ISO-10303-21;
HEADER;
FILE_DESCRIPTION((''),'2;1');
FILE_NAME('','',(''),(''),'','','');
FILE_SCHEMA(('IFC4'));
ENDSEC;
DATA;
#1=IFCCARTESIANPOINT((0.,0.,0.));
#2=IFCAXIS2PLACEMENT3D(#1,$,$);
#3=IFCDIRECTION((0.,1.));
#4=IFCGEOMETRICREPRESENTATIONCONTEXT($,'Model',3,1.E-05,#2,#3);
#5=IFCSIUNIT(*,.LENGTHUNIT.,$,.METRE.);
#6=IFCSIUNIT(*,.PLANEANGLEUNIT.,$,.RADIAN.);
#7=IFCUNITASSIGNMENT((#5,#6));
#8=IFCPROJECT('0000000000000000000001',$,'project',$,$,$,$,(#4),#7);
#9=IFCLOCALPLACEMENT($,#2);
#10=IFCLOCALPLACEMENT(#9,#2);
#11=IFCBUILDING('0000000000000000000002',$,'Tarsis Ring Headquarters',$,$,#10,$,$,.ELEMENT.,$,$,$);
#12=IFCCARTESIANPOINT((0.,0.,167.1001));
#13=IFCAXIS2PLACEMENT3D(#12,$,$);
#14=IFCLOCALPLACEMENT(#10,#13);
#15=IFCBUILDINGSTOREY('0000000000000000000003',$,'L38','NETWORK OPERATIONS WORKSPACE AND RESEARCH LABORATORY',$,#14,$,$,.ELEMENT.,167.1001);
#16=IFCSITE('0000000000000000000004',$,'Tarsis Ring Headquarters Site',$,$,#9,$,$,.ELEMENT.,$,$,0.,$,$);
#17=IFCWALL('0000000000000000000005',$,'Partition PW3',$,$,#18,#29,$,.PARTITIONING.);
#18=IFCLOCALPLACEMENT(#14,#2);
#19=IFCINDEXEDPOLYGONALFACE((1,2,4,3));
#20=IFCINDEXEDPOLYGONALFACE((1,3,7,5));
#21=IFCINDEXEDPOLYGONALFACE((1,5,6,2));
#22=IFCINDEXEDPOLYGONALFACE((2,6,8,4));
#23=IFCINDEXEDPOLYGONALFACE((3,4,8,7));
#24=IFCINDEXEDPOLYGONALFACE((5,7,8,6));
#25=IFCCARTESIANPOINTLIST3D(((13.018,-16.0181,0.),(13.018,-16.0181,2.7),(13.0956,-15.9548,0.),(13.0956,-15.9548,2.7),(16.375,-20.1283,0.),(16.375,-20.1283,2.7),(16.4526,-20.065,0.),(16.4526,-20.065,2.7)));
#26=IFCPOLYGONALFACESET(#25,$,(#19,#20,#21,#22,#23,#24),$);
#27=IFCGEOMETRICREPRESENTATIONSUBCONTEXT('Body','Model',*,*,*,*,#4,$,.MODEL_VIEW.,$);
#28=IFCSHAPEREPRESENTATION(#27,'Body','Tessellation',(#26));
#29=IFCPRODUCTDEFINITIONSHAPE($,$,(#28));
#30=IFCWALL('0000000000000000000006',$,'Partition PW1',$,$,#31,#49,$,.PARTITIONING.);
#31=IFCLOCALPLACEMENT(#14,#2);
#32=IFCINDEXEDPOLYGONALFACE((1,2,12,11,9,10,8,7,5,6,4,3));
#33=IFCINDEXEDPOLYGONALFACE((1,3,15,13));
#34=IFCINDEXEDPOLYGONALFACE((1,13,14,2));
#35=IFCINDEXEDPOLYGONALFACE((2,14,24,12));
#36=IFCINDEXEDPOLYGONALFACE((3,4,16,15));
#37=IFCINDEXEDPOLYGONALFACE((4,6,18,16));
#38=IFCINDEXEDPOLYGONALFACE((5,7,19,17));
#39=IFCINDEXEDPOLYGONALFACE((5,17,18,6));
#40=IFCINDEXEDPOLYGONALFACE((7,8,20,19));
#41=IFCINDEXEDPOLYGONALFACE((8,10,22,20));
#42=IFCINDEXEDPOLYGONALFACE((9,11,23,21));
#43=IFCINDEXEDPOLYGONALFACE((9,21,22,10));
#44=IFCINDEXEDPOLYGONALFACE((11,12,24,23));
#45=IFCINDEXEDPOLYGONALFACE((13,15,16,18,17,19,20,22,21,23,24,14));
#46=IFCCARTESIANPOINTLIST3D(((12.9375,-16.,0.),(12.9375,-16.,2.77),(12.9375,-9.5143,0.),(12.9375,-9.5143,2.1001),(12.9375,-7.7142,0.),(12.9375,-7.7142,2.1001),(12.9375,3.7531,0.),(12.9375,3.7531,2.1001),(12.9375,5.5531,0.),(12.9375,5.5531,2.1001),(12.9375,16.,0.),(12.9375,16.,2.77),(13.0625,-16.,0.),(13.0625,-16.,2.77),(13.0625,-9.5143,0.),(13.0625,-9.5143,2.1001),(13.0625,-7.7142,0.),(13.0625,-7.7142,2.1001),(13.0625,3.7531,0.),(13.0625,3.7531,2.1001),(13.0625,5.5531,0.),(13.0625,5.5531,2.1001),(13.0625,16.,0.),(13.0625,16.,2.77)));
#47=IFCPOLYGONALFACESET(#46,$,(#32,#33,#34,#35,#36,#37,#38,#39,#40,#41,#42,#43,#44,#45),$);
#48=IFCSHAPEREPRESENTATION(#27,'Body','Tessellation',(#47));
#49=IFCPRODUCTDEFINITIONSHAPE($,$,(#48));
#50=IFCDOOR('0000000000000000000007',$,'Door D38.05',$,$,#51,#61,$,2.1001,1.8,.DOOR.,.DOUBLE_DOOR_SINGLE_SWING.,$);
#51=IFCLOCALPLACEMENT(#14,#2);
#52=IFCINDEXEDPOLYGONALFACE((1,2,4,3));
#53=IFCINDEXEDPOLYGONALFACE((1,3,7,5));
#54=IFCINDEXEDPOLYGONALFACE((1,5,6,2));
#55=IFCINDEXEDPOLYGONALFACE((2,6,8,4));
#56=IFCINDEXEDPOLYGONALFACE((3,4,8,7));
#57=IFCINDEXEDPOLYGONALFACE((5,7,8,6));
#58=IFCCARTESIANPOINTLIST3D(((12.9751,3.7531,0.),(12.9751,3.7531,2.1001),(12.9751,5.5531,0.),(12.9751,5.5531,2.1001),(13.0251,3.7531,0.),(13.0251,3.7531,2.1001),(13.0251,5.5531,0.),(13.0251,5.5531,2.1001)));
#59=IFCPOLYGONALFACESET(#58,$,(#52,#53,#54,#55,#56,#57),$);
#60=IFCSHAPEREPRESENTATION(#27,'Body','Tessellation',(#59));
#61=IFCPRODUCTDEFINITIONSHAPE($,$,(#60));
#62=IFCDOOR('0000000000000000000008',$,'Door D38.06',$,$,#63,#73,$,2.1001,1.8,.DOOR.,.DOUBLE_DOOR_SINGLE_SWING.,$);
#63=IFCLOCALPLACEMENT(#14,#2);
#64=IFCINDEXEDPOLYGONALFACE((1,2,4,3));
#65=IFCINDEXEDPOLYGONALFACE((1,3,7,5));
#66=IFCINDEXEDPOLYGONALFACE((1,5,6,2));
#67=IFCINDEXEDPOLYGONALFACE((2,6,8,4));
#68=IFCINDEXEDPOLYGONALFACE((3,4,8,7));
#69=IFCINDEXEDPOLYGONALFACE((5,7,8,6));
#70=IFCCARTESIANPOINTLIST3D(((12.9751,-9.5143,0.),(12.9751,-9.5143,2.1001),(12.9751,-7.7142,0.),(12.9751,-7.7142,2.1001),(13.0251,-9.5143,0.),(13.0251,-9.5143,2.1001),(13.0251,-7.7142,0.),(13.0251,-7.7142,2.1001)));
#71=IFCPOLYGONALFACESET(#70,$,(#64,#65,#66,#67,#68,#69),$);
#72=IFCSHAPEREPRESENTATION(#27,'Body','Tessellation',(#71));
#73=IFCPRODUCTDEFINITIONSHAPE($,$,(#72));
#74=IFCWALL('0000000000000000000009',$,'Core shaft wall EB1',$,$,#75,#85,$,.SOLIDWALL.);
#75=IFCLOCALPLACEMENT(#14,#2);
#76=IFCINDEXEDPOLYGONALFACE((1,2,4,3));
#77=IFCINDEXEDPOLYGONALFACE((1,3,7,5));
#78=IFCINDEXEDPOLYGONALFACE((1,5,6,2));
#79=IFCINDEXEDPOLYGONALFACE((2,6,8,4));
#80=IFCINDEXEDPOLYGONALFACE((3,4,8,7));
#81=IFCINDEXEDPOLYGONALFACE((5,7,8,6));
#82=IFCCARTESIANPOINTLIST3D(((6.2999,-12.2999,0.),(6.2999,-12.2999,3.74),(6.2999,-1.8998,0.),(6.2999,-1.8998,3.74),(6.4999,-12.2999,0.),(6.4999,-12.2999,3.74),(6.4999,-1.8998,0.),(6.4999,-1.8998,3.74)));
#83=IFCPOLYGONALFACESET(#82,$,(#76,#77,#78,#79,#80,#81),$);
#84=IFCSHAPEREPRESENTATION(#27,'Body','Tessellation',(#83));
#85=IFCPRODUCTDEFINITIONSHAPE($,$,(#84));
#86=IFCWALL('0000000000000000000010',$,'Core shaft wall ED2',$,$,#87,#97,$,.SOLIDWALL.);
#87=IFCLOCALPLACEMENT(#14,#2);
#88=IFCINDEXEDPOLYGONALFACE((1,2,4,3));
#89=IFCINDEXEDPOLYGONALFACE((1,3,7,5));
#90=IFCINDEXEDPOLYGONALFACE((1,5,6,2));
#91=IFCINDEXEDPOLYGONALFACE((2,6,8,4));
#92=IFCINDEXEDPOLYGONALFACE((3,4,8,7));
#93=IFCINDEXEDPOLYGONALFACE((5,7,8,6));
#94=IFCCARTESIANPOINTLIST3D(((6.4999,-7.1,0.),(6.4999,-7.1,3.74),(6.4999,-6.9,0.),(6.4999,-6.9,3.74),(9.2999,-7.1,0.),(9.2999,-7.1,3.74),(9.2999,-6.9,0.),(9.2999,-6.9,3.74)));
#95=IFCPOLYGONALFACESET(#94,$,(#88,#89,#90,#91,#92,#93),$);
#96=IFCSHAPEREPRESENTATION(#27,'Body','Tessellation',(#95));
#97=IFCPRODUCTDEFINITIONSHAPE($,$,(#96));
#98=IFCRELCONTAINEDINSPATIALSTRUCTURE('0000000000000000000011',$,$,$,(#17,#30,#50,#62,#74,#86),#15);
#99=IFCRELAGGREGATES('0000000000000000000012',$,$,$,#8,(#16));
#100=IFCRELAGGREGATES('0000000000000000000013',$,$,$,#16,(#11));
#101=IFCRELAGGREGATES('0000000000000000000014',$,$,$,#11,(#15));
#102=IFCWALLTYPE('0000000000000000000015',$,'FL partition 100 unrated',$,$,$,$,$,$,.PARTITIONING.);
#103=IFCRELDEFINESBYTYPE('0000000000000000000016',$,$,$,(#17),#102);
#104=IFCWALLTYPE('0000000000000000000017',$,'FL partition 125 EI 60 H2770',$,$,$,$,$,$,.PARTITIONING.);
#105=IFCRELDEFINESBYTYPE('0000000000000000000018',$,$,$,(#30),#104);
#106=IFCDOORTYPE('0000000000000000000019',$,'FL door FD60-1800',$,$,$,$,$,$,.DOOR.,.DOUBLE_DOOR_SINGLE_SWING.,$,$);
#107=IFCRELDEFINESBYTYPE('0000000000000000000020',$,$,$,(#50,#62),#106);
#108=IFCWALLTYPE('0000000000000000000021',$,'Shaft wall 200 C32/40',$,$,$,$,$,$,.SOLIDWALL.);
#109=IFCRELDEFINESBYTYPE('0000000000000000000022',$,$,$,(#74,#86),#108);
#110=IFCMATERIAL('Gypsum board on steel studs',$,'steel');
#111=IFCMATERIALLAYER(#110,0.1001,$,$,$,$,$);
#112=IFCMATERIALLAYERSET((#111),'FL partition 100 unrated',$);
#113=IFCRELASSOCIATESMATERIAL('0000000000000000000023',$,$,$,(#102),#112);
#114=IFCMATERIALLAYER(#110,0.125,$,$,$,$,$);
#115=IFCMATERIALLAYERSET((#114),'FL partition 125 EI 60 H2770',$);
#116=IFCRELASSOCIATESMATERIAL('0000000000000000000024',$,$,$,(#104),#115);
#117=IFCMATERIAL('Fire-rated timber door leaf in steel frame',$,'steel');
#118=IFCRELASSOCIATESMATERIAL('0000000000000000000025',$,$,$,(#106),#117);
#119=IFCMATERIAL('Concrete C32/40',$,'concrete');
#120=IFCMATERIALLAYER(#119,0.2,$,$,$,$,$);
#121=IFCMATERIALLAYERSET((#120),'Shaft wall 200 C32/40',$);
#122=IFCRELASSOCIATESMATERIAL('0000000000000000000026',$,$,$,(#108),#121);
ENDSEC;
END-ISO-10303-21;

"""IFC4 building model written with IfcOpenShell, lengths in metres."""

from ifc_helpers import new_model, si_unit, direction, frame, frame_2d, origin, place, context, subcontext, project, spatial, rectangle, extrude, material, layer, layer_set, type_object, element, fill, save


model = new_model("IFC4")

# Units and contexts
model_context = context("Model", 3, precision=1e-05, world=origin(), true_north=direction((0.0, 1.0)))
body_context = subcontext(model_context, "Body", "Model", "MODEL_VIEW")
ifc_project = project(units=[si_unit("LENGTHUNIT", "METRE"), si_unit("PLANEANGLEUNIT", "RADIAN")], contexts=[model_context])

# Site, building, storey
site_placement = place(None, origin())
site = spatial("IfcSite", under=ifc_project, at=site_placement, Name="Tarsis Ring Headquarters Site", CompositionType="ELEMENT", RefElevation=0.0)
building_placement = place(site_placement, origin())
building = spatial("IfcBuilding", under=site, at=building_placement, Name="Tarsis Ring Headquarters", CompositionType="ELEMENT")
storey_placement = place(building_placement, frame((0.0, 0.0, 167.1001)))
storey = spatial("IfcBuildingStorey", under=building, at=storey_placement, Name="L38", Description="NETWORK OPERATIONS WORKSPACE AND RESEARCH LABORATORY", CompositionType="ELEMENT", Elevation=167.1001)

# Wall
ifc_material_1 = material(Name="Gypsum board on steel studs", Category="steel")
ifc_layer_1 = layer(ifc_material_1, 0.1001)
ifc_layer_set_1 = layer_set([ifc_layer_1], Name="FL partition 100 unrated")
wall_type_1 = type_object("IfcWallType", Name="FL partition 100 unrated", PredefinedType="PARTITIONING", material=ifc_layer_set_1)
wall_1_placement = place(storey_placement, frame((13.0569, -15.9866, 0.0), z_axis=(0.0, 0.0, 1.0), x_axis=(0.632574, -0.7745, 0.0)))
element("IfcWall", 1, at=wall_1_placement, inside=storey, type_object=wall_type_1, Name="Partition PW3", PredefinedType="PARTITIONING", context=body_context, shape_type="SweptSolid", body=[
    extrude(rectangle(XDim=5.3069, YDim=0.1001, at=frame_2d((2.6533, 0.0))), origin(), (0.0, 0.0, 1.0), 2.7),
])

# Wall, openings, doors
ifc_layer_2 = layer(ifc_material_1, 0.125)
ifc_layer_set_2 = layer_set([ifc_layer_2], Name="FL partition 125 EI 60 H2770")
wall_type_2 = type_object("IfcWallType", Name="FL partition 125 EI 60 H2770", PredefinedType="PARTITIONING", material=ifc_layer_set_2)
wall_2_placement = place(storey_placement, frame((13.0, -16.0, 0.0), z_axis=(0.0, 0.0, 1.0), x_axis=(0.0, 1.0, 0.0)))
wall_2 = element("IfcWall", 2, at=wall_2_placement, inside=storey, type_object=wall_type_2, Name="Partition PW1", PredefinedType="PARTITIONING", context=body_context, shape_type="SweptSolid", body=[
    extrude(rectangle(XDim=32.0, YDim=0.125, at=frame_2d((16.0, 0.0))), origin(), (0.0, 0.0, 1.0), 2.77),
])
opening_1_placement = place(wall_2_placement, frame((19.7532, 0.0, 0.0)))
opening_1 = element("IfcOpeningElement", 3, at=opening_1_placement, cuts=wall_2, PredefinedType="OPENING", context=body_context, shape_type="SweptSolid", body=[
    extrude(rectangle(XDim=1.8, YDim=2.1001, at=frame_2d((0.8999, 1.05))), frame((0.0, 0.0725, 0.0), z_axis=(0.0, -1.0, 0.0), x_axis=(1.0, 0.0, 0.0)), (0.0, 0.0, 1.0), 0.145),
])
opening_2_placement = place(wall_2_placement, frame((6.4858, 0.0, 0.0)))
opening_2 = element("IfcOpeningElement", 4, at=opening_2_placement, cuts=wall_2, PredefinedType="OPENING", context=body_context, shape_type="SweptSolid", body=[
    extrude(rectangle(XDim=1.8, YDim=2.1001, at=frame_2d((0.8999, 1.05))), frame((0.0, 0.0725, 0.0), z_axis=(0.0, -1.0, 0.0), x_axis=(1.0, 0.0, 0.0)), (0.0, 0.0, 1.0), 0.145),
])
ifc_material_2 = material(Name="Fire-rated timber door leaf in steel frame", Category="steel")
door_type_1 = type_object("IfcDoorType", Name="FL door FD60-1800", OperationType="DOUBLE_DOOR_SINGLE_SWING", PredefinedType="DOOR", material=ifc_material_2)
door_1_placement = place(opening_1_placement, origin())
door_1 = element("IfcDoor", 5, at=door_1_placement, inside=storey, type_object=door_type_1, Name="Door D38.05", OperationType="DOUBLE_DOOR_SINGLE_SWING", OverallHeight=2.1001, OverallWidth=1.8, PredefinedType="DOOR", context=body_context, shape_type="SweptSolid", body=[
    extrude(rectangle(XDim=1.8, YDim=2.1001, at=frame_2d((0.8999, 1.05))), frame((0.0, 0.0249, 0.0), z_axis=(0.0, -1.0, 0.0), x_axis=(1.0, 0.0, 0.0)), (0.0, 0.0, 1.0), 0.05),
])
fill(opening_1, door_1)
door_2_placement = place(opening_2_placement, origin())
door_2 = element("IfcDoor", 6, at=door_2_placement, inside=storey, type_object=door_type_1, Name="Door D38.06", OperationType="DOUBLE_DOOR_SINGLE_SWING", OverallHeight=2.1001, OverallWidth=1.8, PredefinedType="DOOR", context=body_context, shape_type="SweptSolid", body=[
    extrude(rectangle(XDim=1.8, YDim=2.1001, at=frame_2d((0.8999, 1.05))), frame((0.0, 0.0249, 0.0), z_axis=(0.0, -1.0, 0.0), x_axis=(1.0, 0.0, 0.0)), (0.0, 0.0, 1.0), 0.05),
])
fill(opening_2, door_2)

# Walls
ifc_material_3 = material(Name="Concrete C32/40", Category="concrete")
ifc_layer_3 = layer(ifc_material_3, 0.2)
ifc_layer_set_3 = layer_set([ifc_layer_3], Name="Shaft wall 200 C32/40")
wall_type_3 = type_object("IfcWallType", Name="Shaft wall 200 C32/40", PredefinedType="SOLIDWALL", material=ifc_layer_set_3)
wall_3_placement = place(storey_placement, frame((6.3999, -12.3, 0.0), z_axis=(0.0, 0.0, 1.0), x_axis=(0.0, 1.0, 0.0)))
element("IfcWall", 7, at=wall_3_placement, inside=storey, type_object=wall_type_3, Name="Core shaft wall EB1", PredefinedType="SOLIDWALL", context=body_context, shape_type="SweptSolid", body=[
    extrude(rectangle(XDim=10.4001, YDim=0.2, at=frame_2d((5.2002, 0.0))), origin(), (0.0, 0.0, 1.0), 3.74),
])
wall_4_placement = place(storey_placement, frame((6.5, -7.0, 0.0), z_axis=(0.0, 0.0, 1.0), x_axis=(1.0, 0.0, 0.0)))
element("IfcWall", 8, at=wall_4_placement, inside=storey, type_object=wall_type_3, Name="Core shaft wall ED2", PredefinedType="SOLIDWALL", context=body_context, shape_type="SweptSolid", body=[
    extrude(rectangle(XDim=2.8, YDim=0.2, at=frame_2d((1.3999, 0.0))), origin(), (0.0, 0.0, 1.0), 3.74),
])

save(model, "model.ifc")
